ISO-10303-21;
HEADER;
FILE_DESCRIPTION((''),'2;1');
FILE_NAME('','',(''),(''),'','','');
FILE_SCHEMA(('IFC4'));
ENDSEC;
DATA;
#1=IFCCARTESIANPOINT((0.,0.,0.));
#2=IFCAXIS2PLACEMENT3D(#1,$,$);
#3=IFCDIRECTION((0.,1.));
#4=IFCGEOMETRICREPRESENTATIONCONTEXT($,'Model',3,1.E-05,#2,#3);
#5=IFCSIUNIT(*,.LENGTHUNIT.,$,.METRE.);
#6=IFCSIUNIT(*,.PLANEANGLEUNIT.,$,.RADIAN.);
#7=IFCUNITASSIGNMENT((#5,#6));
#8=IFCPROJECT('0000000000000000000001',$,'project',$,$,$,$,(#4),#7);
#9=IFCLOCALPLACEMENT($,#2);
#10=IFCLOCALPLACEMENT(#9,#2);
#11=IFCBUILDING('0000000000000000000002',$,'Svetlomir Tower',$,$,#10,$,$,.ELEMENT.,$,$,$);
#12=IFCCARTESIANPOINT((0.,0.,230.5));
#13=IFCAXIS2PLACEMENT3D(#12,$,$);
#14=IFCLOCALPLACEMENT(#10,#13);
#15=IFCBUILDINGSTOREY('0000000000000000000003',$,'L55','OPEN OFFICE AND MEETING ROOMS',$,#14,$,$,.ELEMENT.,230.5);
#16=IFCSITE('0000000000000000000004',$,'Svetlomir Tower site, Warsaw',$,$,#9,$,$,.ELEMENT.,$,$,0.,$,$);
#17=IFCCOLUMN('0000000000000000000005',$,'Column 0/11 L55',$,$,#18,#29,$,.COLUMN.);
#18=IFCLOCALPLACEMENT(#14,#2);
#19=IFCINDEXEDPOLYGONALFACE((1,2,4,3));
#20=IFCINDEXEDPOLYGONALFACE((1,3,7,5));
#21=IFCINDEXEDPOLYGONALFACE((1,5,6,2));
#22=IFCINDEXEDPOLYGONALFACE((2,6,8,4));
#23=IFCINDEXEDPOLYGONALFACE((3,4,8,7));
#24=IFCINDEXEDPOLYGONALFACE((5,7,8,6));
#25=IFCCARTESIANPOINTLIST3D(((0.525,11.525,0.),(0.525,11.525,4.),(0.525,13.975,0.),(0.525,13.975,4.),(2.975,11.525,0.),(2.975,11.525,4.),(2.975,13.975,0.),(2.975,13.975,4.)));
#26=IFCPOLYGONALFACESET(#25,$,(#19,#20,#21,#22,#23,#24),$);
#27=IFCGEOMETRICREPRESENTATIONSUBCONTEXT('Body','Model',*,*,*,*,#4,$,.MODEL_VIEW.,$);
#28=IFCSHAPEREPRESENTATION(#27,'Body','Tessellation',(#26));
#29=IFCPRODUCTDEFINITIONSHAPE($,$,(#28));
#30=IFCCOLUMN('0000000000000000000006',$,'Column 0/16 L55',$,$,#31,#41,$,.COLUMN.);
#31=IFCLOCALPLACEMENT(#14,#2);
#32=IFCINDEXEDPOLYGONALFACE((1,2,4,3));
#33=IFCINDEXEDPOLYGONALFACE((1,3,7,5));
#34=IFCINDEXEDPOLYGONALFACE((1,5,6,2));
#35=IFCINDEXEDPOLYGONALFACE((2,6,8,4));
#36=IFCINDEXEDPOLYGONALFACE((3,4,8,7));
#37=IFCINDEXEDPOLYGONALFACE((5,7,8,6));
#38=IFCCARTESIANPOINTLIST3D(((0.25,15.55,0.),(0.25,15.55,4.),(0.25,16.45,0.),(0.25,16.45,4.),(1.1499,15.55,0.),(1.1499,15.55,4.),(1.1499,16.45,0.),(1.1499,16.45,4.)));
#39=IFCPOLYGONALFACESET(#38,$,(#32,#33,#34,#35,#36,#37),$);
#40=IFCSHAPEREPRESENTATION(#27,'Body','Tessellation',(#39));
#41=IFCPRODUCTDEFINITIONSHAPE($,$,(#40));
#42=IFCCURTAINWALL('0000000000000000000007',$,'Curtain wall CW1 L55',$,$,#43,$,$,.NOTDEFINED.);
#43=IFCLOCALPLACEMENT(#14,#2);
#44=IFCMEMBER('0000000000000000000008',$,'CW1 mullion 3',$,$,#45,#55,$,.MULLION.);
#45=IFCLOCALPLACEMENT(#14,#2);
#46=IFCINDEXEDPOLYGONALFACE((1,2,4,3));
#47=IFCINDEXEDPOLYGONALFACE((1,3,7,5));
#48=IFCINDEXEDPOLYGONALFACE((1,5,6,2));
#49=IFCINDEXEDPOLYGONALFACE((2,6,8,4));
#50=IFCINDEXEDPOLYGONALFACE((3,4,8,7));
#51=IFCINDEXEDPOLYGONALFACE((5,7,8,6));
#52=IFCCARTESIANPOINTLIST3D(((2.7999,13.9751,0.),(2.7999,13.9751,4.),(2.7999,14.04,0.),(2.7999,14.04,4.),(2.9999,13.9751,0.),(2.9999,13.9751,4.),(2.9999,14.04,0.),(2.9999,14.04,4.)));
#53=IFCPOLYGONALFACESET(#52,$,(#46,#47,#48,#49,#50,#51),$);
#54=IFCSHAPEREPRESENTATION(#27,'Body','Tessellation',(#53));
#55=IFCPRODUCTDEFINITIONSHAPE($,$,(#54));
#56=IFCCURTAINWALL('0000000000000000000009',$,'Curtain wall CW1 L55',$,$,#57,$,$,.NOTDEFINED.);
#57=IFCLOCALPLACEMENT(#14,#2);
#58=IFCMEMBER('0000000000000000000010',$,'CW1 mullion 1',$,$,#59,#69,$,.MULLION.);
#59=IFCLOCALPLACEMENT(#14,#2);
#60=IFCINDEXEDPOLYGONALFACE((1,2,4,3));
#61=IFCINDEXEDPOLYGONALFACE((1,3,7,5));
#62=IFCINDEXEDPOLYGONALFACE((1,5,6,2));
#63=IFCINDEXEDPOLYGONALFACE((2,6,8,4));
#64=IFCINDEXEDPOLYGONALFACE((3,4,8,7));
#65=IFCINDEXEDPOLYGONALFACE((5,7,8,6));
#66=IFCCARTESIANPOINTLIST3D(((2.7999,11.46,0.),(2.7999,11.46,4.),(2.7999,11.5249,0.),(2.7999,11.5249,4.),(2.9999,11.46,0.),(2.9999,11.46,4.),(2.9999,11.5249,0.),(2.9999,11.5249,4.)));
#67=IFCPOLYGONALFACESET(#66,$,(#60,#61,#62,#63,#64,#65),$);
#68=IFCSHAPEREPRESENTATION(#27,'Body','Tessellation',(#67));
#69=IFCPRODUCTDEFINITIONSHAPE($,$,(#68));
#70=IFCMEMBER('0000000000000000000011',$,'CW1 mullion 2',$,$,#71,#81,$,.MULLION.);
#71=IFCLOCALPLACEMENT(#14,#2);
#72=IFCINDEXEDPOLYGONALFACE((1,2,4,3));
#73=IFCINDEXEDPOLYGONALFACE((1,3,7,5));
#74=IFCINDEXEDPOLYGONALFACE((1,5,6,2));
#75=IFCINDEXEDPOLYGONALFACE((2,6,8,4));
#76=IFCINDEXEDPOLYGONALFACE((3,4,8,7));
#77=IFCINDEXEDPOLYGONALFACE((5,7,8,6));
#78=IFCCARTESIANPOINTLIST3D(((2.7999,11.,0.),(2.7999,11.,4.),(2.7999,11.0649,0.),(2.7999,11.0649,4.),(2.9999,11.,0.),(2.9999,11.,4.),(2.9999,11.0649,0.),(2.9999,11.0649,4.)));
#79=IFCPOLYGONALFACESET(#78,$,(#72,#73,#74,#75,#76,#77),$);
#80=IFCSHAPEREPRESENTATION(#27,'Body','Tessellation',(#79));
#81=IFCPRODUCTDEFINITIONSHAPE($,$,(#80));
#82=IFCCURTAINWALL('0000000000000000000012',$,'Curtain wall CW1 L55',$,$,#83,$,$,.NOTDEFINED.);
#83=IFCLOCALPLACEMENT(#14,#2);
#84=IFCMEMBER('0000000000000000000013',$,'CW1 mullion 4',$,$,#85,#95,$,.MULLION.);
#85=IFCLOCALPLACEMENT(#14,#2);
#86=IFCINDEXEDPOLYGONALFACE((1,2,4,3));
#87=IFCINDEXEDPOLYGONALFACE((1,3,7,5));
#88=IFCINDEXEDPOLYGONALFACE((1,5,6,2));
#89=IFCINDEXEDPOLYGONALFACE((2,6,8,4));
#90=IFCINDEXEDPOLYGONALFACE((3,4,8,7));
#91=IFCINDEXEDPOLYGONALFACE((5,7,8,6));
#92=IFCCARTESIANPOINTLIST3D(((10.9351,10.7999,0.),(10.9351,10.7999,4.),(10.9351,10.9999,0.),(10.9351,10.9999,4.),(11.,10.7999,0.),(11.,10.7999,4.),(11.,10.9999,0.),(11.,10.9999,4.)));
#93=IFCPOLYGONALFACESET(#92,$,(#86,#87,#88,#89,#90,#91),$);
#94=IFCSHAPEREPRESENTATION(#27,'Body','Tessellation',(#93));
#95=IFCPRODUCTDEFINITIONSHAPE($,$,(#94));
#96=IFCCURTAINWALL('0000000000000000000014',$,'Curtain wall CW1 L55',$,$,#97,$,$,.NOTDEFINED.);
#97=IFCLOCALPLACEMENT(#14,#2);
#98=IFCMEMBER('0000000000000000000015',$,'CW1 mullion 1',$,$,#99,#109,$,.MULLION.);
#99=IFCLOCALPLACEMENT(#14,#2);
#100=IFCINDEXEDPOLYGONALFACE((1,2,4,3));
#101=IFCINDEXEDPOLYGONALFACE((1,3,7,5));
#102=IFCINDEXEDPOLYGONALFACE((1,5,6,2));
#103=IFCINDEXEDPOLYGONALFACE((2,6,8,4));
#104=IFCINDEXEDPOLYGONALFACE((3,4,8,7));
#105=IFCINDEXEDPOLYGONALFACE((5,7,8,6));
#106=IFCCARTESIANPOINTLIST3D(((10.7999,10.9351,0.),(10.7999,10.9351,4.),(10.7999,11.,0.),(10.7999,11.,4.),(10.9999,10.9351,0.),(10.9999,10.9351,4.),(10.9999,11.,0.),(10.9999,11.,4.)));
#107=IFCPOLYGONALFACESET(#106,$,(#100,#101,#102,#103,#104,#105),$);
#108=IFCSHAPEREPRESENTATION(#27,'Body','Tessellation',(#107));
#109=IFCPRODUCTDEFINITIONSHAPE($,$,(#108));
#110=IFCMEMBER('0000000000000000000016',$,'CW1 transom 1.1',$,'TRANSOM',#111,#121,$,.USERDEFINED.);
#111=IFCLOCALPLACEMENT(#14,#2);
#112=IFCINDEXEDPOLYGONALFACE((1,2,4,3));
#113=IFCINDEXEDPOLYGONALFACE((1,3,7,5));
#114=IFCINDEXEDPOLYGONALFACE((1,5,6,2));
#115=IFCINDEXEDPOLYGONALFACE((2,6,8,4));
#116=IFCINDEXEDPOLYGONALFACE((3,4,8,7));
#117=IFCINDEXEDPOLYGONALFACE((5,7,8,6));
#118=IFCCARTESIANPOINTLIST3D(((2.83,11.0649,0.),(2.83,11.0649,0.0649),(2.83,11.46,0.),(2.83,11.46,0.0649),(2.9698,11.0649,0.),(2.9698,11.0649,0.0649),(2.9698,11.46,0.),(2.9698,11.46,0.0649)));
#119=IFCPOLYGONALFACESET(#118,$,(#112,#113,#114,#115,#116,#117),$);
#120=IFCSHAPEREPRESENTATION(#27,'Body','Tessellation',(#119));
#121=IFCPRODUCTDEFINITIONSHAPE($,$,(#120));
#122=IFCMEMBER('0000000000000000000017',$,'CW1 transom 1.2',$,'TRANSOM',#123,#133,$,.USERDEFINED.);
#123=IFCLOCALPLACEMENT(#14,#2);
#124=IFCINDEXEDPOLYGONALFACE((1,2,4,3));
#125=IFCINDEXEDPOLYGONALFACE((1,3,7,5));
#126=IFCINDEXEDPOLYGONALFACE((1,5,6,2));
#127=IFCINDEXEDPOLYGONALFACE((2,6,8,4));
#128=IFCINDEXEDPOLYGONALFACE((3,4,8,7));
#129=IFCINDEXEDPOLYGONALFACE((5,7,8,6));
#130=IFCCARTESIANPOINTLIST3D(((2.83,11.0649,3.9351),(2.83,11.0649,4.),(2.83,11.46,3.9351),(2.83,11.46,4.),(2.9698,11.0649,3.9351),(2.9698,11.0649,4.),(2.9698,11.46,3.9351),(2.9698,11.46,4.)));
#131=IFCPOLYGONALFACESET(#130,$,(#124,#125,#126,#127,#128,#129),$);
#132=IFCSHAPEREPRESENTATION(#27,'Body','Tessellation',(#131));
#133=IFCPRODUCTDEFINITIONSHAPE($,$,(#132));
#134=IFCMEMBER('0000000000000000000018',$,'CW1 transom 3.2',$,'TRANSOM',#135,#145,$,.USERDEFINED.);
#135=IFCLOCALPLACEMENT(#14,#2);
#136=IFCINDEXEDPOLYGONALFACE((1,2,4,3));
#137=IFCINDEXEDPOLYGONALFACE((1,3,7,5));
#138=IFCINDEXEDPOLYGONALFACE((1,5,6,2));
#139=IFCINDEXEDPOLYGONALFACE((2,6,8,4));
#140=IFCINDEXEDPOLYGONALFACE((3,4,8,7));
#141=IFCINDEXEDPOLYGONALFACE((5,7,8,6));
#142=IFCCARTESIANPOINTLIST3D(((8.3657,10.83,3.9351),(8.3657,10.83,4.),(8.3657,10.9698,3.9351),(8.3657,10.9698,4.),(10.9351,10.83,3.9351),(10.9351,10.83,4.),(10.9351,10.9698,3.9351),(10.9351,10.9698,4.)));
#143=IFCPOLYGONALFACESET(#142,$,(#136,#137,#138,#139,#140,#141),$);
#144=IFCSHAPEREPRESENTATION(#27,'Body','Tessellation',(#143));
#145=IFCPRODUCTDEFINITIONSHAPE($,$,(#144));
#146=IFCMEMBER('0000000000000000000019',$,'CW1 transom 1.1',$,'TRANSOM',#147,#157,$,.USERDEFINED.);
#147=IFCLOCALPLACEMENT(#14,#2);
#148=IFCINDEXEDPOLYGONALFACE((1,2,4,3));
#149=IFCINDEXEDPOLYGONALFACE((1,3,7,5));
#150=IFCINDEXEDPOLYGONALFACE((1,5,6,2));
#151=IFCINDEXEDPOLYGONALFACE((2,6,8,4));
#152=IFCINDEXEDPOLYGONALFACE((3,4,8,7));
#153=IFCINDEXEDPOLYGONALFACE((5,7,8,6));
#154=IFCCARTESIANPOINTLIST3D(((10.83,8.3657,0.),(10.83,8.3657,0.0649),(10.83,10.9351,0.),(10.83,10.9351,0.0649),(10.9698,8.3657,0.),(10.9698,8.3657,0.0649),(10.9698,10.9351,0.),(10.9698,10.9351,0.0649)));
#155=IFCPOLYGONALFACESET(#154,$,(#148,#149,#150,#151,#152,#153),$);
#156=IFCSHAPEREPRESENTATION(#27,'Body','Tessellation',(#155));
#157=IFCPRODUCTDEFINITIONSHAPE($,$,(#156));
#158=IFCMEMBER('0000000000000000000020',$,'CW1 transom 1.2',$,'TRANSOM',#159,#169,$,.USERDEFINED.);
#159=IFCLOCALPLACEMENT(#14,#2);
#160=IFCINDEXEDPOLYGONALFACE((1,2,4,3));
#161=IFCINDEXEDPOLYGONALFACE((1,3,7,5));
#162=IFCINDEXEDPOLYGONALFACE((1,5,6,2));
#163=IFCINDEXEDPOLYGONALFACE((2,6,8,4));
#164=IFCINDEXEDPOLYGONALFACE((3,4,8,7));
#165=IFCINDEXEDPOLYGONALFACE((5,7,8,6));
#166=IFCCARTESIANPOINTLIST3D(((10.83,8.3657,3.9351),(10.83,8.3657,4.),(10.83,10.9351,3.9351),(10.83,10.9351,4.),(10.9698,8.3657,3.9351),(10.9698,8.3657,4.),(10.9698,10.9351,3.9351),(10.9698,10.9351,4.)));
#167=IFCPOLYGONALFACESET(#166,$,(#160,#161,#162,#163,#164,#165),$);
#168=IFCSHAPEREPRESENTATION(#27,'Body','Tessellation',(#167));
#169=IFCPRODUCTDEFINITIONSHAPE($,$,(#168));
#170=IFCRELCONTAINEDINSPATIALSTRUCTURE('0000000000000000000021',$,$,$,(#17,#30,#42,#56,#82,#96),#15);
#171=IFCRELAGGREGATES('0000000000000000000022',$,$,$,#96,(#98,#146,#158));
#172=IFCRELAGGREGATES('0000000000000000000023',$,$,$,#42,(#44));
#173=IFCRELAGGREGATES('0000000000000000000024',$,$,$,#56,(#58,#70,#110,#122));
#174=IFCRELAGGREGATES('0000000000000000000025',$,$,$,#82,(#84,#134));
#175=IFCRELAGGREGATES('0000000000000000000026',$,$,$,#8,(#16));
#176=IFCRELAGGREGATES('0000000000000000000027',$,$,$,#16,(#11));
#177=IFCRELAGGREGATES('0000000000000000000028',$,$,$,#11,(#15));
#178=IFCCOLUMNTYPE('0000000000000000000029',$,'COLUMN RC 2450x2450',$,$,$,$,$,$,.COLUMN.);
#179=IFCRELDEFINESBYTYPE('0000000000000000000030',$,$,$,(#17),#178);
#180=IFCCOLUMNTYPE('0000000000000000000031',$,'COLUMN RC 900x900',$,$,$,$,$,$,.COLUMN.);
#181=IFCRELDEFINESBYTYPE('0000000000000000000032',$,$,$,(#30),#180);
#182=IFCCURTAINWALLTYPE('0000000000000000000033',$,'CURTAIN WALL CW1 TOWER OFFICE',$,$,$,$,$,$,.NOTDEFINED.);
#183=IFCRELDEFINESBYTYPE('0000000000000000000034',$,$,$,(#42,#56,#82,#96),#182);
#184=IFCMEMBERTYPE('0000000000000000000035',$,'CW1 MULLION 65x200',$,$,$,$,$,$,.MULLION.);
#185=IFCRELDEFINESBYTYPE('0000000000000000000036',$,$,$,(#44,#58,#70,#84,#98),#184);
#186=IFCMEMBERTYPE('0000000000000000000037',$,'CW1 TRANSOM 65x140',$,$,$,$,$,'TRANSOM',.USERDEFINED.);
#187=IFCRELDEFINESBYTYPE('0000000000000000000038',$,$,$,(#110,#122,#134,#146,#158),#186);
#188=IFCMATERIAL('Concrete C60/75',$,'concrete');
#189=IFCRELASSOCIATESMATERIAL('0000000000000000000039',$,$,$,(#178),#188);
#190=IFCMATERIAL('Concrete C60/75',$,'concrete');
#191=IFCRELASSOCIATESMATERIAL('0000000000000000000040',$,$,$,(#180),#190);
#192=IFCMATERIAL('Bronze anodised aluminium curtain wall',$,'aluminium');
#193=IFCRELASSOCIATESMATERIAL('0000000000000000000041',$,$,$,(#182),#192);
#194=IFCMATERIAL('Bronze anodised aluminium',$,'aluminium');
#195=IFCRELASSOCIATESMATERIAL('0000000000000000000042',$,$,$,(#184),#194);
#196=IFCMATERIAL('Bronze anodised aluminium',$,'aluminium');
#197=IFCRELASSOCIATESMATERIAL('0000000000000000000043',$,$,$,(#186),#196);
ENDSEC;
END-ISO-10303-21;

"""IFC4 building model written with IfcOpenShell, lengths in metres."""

from ifc_helpers import new_model, si_unit, direction, frame, origin, origin_2d, place, context, subcontext, project, spatial, rectangle, extrude, material, material_profile, profile_set, type_object, element, aggregate, save


model = new_model("IFC4")

# Units and contexts
model_context = context("Model", 3, precision=1e-05, world=origin(), true_north=direction((0.0, 1.0)))
body_context = subcontext(model_context, "Body", "Model", "MODEL_VIEW")
ifc_project = project(units=[si_unit("LENGTHUNIT", "METRE"), si_unit("PLANEANGLEUNIT", "RADIAN")], contexts=[model_context])

# Site, building, storey
site_placement = place(None, origin())
site = spatial("IfcSite", under=ifc_project, at=site_placement, Name="Svetlomir Tower site, Warsaw", CompositionType="ELEMENT", RefElevation=0.0)
building_placement = place(site_placement, origin())
building = spatial("IfcBuilding", under=site, at=building_placement, Name="Svetlomir Tower", CompositionType="ELEMENT")
storey_placement = place(building_placement, frame((0.0, 0.0, 230.5)))
storey = spatial("IfcBuildingStorey", under=building, at=storey_placement, Name="L55", Description="OPEN OFFICE AND MEETING ROOMS", CompositionType="ELEMENT", Elevation=230.5)

# Columns
ifc_material_1 = material(Name="Concrete C60/75", Category="concrete")
ifc_material_profile_1 = material_profile(ifc_material_1, rectangle(XDim=2.45, YDim=2.45, at=origin_2d()), Name="RC 2450x2450")
ifc_profile_set_1 = profile_set([ifc_material_profile_1], Name="Concrete C60/75")
column_type_1 = type_object("IfcColumnType", Name="COLUMN RC 2450x2450", PredefinedType="COLUMN", material=ifc_profile_set_1)
column_1_placement = place(storey_placement, frame((1.75, 12.75, 0.0), z_axis=(0.0, 0.0, 1.0), x_axis=(1.0, 0.0, 0.0)))
element("IfcColumn", 1, at=column_1_placement, inside=storey, type_object=column_type_1, Name="Column 0/11 L55", PredefinedType="COLUMN", context=body_context, shape_type="SweptSolid", body=[
    extrude(rectangle(XDim=2.45, YDim=2.45, at=origin_2d()), origin(), (0.0, 0.0, 1.0), 4.0),
])
ifc_material_2 = material(Name="Concrete C60/75", Category="concrete")
ifc_material_profile_2 = material_profile(ifc_material_2, rectangle(XDim=0.8999, YDim=0.8999, at=origin_2d()), Name="RC 900x900")
ifc_profile_set_2 = profile_set([ifc_material_profile_2], Name="Concrete C60/75")
column_type_2 = type_object("IfcColumnType", Name="COLUMN RC 900x900", PredefinedType="COLUMN", material=ifc_profile_set_2)
column_2_placement = place(storey_placement, frame((0.7, 16.0, 0.0), z_axis=(0.0, 0.0, 1.0), x_axis=(1.0, 0.0, 0.0)))
element("IfcColumn", 2, at=column_2_placement, inside=storey, type_object=column_type_2, Name="Column 0/16 L55", PredefinedType="COLUMN", context=body_context, shape_type="SweptSolid", body=[
    extrude(rectangle(XDim=0.8999, YDim=0.8999, at=origin_2d()), origin(), (0.0, 0.0, 1.0), 4.0),
])

# Curtain wall, member
ifc_material_3 = material(Name="Bronze anodised aluminium curtain wall", Category="aluminium")
curtain_wall_type = type_object("IfcCurtainWallType", Name="CURTAIN WALL CW1 TOWER OFFICE", PredefinedType="NOTDEFINED", material=ifc_material_3)
curtain_wall_1_placement = place(storey_placement, origin())
curtain_wall_1 = element("IfcCurtainWall", 3, at=curtain_wall_1_placement, inside=storey, type_object=curtain_wall_type, Name="Curtain wall CW1 L55", PredefinedType="NOTDEFINED")
ifc_material_4 = material(Name="Bronze anodised aluminium", Category="aluminium")
ifc_material_profile_3 = material_profile(ifc_material_4, rectangle(XDim=0.0649, YDim=0.2, at=origin_2d()), Name="AL 65x200")
ifc_profile_set_3 = profile_set([ifc_material_profile_3], Name="Bronze anodised aluminium 6063-T6")
member_type_1 = type_object("IfcMemberType", Name="CW1 MULLION 65x200", PredefinedType="MULLION", material=ifc_profile_set_3)
member_1_placement = place(storey_placement, frame((2.8999, 14.0076, 0.0), z_axis=(0.0, 0.0, 1.0), x_axis=(0.0, -1.0, 0.0)))
member_1 = element("IfcMember", 4, at=member_1_placement, type_object=member_type_1, Name="CW1 mullion 3", PredefinedType="MULLION", context=body_context, shape_type="SweptSolid", body=[
    extrude(rectangle(XDim=0.0649, YDim=0.2, at=origin_2d()), origin(), (0.0, 0.0, 1.0), 4.0),
])

# Curtain wall, members
curtain_wall_2_placement = place(storey_placement, origin())
curtain_wall_2 = element("IfcCurtainWall", 5, at=curtain_wall_2_placement, inside=storey, type_object=curtain_wall_type, Name="Curtain wall CW1 L55", PredefinedType="NOTDEFINED")
member_2_placement = place(storey_placement, frame((2.8999, 11.4924, 0.0), z_axis=(0.0, 0.0, 1.0), x_axis=(0.0, -1.0, 0.0)))
member_2 = element("IfcMember", 6, at=member_2_placement, type_object=member_type_1, Name="CW1 mullion 1", PredefinedType="MULLION", context=body_context, shape_type="SweptSolid", body=[
    extrude(rectangle(XDim=0.0649, YDim=0.2, at=origin_2d()), origin(), (0.0, 0.0, 1.0), 4.0),
])
member_3_placement = place(storey_placement, frame((2.8999, 11.0325, 0.0), z_axis=(0.0, 0.0, 1.0), x_axis=(0.0, -1.0, 0.0)))
member_3 = element("IfcMember", 7, at=member_3_placement, type_object=member_type_1, Name="CW1 mullion 2", PredefinedType="MULLION", context=body_context, shape_type="SweptSolid", body=[
    extrude(rectangle(XDim=0.0649, YDim=0.2, at=origin_2d()), origin(), (0.0, 0.0, 1.0), 4.0),
])

# Curtain walls, members
curtain_wall_3_placement = place(storey_placement, origin())
curtain_wall_3 = element("IfcCurtainWall", 8, at=curtain_wall_3_placement, inside=storey, type_object=curtain_wall_type, Name="Curtain wall CW1 L55", PredefinedType="NOTDEFINED")
member_4_placement = place(storey_placement, frame((10.9675, 10.8999, 0.0), z_axis=(0.0, 0.0, 1.0), x_axis=(1.0, 0.0, 0.0)))
member_4 = element("IfcMember", 9, at=member_4_placement, type_object=member_type_1, Name="CW1 mullion 4", PredefinedType="MULLION", context=body_context, shape_type="SweptSolid", body=[
    extrude(rectangle(XDim=0.0649, YDim=0.2, at=origin_2d()), origin(), (0.0, 0.0, 1.0), 4.0),
])
curtain_wall_4_placement = place(storey_placement, origin())
curtain_wall_4 = element("IfcCurtainWall", 10, at=curtain_wall_4_placement, inside=storey, type_object=curtain_wall_type, Name="Curtain wall CW1 L55", PredefinedType="NOTDEFINED")
member_5_placement = place(storey_placement, frame((10.8999, 10.9675, 0.0), z_axis=(0.0, 0.0, 1.0), x_axis=(0.0, -1.0, 0.0)))
member_5 = element("IfcMember", 11, at=member_5_placement, type_object=member_type_1, Name="CW1 mullion 1", PredefinedType="MULLION", context=body_context, shape_type="SweptSolid", body=[
    extrude(rectangle(XDim=0.0649, YDim=0.2, at=origin_2d()), origin(), (0.0, 0.0, 1.0), 4.0),
])

# Members
ifc_material_5 = material(Name="Bronze anodised aluminium", Category="aluminium")
ifc_material_profile_4 = material_profile(ifc_material_5, rectangle(XDim=0.1399, YDim=0.0649, at=origin_2d()), Name="AL 140x65")
ifc_profile_set_4 = profile_set([ifc_material_profile_4], Name="Bronze anodised aluminium 6063-T6")
member_type_2 = type_object("IfcMemberType", Name="CW1 TRANSOM 65x140", ElementType="TRANSOM", PredefinedType="USERDEFINED", material=ifc_profile_set_4)
member_6_placement = place(storey_placement, frame((2.8999, 11.46, 0.0325), z_axis=(0.0, -1.0, 0.0), x_axis=(1.0, 0.0, 0.0)))
member_6 = element("IfcMember", 12, at=member_6_placement, type_object=member_type_2, Name="CW1 transom 1.1", ObjectType="TRANSOM", PredefinedType="USERDEFINED", context=body_context, shape_type="SweptSolid", body=[
    extrude(rectangle(XDim=0.1399, YDim=0.0649, at=origin_2d()), origin(), (0.0, 0.0, 1.0), 0.395),
])
member_7_placement = place(storey_placement, frame((2.8999, 11.46, 3.9675), z_axis=(0.0, -1.0, 0.0), x_axis=(1.0, 0.0, 0.0)))
member_7 = element("IfcMember", 13, at=member_7_placement, type_object=member_type_2, Name="CW1 transom 1.2", ObjectType="TRANSOM", PredefinedType="USERDEFINED", context=body_context, shape_type="SweptSolid", body=[
    extrude(rectangle(XDim=0.1399, YDim=0.0649, at=origin_2d()), origin(), (0.0, 0.0, 1.0), 0.395),
])
member_8_placement = place(storey_placement, frame((8.3657, 10.8999, 3.9675), z_axis=(1.0, 0.0, 0.0), x_axis=(0.0, 1.0, 0.0)))
member_8 = element("IfcMember", 14, at=member_8_placement, type_object=member_type_2, Name="CW1 transom 3.2", ObjectType="TRANSOM", PredefinedType="USERDEFINED", context=body_context, shape_type="SweptSolid", body=[
    extrude(rectangle(XDim=0.1399, YDim=0.0649, at=origin_2d()), origin(), (0.0, 0.0, 1.0), 2.5693),
])
member_9_placement = place(storey_placement, frame((10.8999, 10.9351, 0.0325), z_axis=(0.0, -1.0, 0.0), x_axis=(1.0, 0.0, 0.0)))
member_9 = element("IfcMember", 15, at=member_9_placement, type_object=member_type_2, Name="CW1 transom 1.1", ObjectType="TRANSOM", PredefinedType="USERDEFINED", context=body_context, shape_type="SweptSolid", body=[
    extrude(rectangle(XDim=0.1399, YDim=0.0649, at=origin_2d()), origin(), (0.0, 0.0, 1.0), 2.5693),
])
member_10_placement = place(storey_placement, frame((10.8999, 10.9351, 3.9675), z_axis=(0.0, -1.0, 0.0), x_axis=(1.0, 0.0, 0.0)))
member_10 = element("IfcMember", 16, at=member_10_placement, type_object=member_type_2, Name="CW1 transom 1.2", ObjectType="TRANSOM", PredefinedType="USERDEFINED", context=body_context, shape_type="SweptSolid", body=[
    extrude(rectangle(XDim=0.1399, YDim=0.0649, at=origin_2d()), origin(), (0.0, 0.0, 1.0), 2.5693),
])
aggregate(curtain_wall_4, [member_5, member_9, member_10])

aggregate(curtain_wall_1, [member_1])
aggregate(curtain_wall_2, [member_2, member_3, member_6, member_7])
aggregate(curtain_wall_3, [member_4, member_8])

save(model, "model.ifc")
